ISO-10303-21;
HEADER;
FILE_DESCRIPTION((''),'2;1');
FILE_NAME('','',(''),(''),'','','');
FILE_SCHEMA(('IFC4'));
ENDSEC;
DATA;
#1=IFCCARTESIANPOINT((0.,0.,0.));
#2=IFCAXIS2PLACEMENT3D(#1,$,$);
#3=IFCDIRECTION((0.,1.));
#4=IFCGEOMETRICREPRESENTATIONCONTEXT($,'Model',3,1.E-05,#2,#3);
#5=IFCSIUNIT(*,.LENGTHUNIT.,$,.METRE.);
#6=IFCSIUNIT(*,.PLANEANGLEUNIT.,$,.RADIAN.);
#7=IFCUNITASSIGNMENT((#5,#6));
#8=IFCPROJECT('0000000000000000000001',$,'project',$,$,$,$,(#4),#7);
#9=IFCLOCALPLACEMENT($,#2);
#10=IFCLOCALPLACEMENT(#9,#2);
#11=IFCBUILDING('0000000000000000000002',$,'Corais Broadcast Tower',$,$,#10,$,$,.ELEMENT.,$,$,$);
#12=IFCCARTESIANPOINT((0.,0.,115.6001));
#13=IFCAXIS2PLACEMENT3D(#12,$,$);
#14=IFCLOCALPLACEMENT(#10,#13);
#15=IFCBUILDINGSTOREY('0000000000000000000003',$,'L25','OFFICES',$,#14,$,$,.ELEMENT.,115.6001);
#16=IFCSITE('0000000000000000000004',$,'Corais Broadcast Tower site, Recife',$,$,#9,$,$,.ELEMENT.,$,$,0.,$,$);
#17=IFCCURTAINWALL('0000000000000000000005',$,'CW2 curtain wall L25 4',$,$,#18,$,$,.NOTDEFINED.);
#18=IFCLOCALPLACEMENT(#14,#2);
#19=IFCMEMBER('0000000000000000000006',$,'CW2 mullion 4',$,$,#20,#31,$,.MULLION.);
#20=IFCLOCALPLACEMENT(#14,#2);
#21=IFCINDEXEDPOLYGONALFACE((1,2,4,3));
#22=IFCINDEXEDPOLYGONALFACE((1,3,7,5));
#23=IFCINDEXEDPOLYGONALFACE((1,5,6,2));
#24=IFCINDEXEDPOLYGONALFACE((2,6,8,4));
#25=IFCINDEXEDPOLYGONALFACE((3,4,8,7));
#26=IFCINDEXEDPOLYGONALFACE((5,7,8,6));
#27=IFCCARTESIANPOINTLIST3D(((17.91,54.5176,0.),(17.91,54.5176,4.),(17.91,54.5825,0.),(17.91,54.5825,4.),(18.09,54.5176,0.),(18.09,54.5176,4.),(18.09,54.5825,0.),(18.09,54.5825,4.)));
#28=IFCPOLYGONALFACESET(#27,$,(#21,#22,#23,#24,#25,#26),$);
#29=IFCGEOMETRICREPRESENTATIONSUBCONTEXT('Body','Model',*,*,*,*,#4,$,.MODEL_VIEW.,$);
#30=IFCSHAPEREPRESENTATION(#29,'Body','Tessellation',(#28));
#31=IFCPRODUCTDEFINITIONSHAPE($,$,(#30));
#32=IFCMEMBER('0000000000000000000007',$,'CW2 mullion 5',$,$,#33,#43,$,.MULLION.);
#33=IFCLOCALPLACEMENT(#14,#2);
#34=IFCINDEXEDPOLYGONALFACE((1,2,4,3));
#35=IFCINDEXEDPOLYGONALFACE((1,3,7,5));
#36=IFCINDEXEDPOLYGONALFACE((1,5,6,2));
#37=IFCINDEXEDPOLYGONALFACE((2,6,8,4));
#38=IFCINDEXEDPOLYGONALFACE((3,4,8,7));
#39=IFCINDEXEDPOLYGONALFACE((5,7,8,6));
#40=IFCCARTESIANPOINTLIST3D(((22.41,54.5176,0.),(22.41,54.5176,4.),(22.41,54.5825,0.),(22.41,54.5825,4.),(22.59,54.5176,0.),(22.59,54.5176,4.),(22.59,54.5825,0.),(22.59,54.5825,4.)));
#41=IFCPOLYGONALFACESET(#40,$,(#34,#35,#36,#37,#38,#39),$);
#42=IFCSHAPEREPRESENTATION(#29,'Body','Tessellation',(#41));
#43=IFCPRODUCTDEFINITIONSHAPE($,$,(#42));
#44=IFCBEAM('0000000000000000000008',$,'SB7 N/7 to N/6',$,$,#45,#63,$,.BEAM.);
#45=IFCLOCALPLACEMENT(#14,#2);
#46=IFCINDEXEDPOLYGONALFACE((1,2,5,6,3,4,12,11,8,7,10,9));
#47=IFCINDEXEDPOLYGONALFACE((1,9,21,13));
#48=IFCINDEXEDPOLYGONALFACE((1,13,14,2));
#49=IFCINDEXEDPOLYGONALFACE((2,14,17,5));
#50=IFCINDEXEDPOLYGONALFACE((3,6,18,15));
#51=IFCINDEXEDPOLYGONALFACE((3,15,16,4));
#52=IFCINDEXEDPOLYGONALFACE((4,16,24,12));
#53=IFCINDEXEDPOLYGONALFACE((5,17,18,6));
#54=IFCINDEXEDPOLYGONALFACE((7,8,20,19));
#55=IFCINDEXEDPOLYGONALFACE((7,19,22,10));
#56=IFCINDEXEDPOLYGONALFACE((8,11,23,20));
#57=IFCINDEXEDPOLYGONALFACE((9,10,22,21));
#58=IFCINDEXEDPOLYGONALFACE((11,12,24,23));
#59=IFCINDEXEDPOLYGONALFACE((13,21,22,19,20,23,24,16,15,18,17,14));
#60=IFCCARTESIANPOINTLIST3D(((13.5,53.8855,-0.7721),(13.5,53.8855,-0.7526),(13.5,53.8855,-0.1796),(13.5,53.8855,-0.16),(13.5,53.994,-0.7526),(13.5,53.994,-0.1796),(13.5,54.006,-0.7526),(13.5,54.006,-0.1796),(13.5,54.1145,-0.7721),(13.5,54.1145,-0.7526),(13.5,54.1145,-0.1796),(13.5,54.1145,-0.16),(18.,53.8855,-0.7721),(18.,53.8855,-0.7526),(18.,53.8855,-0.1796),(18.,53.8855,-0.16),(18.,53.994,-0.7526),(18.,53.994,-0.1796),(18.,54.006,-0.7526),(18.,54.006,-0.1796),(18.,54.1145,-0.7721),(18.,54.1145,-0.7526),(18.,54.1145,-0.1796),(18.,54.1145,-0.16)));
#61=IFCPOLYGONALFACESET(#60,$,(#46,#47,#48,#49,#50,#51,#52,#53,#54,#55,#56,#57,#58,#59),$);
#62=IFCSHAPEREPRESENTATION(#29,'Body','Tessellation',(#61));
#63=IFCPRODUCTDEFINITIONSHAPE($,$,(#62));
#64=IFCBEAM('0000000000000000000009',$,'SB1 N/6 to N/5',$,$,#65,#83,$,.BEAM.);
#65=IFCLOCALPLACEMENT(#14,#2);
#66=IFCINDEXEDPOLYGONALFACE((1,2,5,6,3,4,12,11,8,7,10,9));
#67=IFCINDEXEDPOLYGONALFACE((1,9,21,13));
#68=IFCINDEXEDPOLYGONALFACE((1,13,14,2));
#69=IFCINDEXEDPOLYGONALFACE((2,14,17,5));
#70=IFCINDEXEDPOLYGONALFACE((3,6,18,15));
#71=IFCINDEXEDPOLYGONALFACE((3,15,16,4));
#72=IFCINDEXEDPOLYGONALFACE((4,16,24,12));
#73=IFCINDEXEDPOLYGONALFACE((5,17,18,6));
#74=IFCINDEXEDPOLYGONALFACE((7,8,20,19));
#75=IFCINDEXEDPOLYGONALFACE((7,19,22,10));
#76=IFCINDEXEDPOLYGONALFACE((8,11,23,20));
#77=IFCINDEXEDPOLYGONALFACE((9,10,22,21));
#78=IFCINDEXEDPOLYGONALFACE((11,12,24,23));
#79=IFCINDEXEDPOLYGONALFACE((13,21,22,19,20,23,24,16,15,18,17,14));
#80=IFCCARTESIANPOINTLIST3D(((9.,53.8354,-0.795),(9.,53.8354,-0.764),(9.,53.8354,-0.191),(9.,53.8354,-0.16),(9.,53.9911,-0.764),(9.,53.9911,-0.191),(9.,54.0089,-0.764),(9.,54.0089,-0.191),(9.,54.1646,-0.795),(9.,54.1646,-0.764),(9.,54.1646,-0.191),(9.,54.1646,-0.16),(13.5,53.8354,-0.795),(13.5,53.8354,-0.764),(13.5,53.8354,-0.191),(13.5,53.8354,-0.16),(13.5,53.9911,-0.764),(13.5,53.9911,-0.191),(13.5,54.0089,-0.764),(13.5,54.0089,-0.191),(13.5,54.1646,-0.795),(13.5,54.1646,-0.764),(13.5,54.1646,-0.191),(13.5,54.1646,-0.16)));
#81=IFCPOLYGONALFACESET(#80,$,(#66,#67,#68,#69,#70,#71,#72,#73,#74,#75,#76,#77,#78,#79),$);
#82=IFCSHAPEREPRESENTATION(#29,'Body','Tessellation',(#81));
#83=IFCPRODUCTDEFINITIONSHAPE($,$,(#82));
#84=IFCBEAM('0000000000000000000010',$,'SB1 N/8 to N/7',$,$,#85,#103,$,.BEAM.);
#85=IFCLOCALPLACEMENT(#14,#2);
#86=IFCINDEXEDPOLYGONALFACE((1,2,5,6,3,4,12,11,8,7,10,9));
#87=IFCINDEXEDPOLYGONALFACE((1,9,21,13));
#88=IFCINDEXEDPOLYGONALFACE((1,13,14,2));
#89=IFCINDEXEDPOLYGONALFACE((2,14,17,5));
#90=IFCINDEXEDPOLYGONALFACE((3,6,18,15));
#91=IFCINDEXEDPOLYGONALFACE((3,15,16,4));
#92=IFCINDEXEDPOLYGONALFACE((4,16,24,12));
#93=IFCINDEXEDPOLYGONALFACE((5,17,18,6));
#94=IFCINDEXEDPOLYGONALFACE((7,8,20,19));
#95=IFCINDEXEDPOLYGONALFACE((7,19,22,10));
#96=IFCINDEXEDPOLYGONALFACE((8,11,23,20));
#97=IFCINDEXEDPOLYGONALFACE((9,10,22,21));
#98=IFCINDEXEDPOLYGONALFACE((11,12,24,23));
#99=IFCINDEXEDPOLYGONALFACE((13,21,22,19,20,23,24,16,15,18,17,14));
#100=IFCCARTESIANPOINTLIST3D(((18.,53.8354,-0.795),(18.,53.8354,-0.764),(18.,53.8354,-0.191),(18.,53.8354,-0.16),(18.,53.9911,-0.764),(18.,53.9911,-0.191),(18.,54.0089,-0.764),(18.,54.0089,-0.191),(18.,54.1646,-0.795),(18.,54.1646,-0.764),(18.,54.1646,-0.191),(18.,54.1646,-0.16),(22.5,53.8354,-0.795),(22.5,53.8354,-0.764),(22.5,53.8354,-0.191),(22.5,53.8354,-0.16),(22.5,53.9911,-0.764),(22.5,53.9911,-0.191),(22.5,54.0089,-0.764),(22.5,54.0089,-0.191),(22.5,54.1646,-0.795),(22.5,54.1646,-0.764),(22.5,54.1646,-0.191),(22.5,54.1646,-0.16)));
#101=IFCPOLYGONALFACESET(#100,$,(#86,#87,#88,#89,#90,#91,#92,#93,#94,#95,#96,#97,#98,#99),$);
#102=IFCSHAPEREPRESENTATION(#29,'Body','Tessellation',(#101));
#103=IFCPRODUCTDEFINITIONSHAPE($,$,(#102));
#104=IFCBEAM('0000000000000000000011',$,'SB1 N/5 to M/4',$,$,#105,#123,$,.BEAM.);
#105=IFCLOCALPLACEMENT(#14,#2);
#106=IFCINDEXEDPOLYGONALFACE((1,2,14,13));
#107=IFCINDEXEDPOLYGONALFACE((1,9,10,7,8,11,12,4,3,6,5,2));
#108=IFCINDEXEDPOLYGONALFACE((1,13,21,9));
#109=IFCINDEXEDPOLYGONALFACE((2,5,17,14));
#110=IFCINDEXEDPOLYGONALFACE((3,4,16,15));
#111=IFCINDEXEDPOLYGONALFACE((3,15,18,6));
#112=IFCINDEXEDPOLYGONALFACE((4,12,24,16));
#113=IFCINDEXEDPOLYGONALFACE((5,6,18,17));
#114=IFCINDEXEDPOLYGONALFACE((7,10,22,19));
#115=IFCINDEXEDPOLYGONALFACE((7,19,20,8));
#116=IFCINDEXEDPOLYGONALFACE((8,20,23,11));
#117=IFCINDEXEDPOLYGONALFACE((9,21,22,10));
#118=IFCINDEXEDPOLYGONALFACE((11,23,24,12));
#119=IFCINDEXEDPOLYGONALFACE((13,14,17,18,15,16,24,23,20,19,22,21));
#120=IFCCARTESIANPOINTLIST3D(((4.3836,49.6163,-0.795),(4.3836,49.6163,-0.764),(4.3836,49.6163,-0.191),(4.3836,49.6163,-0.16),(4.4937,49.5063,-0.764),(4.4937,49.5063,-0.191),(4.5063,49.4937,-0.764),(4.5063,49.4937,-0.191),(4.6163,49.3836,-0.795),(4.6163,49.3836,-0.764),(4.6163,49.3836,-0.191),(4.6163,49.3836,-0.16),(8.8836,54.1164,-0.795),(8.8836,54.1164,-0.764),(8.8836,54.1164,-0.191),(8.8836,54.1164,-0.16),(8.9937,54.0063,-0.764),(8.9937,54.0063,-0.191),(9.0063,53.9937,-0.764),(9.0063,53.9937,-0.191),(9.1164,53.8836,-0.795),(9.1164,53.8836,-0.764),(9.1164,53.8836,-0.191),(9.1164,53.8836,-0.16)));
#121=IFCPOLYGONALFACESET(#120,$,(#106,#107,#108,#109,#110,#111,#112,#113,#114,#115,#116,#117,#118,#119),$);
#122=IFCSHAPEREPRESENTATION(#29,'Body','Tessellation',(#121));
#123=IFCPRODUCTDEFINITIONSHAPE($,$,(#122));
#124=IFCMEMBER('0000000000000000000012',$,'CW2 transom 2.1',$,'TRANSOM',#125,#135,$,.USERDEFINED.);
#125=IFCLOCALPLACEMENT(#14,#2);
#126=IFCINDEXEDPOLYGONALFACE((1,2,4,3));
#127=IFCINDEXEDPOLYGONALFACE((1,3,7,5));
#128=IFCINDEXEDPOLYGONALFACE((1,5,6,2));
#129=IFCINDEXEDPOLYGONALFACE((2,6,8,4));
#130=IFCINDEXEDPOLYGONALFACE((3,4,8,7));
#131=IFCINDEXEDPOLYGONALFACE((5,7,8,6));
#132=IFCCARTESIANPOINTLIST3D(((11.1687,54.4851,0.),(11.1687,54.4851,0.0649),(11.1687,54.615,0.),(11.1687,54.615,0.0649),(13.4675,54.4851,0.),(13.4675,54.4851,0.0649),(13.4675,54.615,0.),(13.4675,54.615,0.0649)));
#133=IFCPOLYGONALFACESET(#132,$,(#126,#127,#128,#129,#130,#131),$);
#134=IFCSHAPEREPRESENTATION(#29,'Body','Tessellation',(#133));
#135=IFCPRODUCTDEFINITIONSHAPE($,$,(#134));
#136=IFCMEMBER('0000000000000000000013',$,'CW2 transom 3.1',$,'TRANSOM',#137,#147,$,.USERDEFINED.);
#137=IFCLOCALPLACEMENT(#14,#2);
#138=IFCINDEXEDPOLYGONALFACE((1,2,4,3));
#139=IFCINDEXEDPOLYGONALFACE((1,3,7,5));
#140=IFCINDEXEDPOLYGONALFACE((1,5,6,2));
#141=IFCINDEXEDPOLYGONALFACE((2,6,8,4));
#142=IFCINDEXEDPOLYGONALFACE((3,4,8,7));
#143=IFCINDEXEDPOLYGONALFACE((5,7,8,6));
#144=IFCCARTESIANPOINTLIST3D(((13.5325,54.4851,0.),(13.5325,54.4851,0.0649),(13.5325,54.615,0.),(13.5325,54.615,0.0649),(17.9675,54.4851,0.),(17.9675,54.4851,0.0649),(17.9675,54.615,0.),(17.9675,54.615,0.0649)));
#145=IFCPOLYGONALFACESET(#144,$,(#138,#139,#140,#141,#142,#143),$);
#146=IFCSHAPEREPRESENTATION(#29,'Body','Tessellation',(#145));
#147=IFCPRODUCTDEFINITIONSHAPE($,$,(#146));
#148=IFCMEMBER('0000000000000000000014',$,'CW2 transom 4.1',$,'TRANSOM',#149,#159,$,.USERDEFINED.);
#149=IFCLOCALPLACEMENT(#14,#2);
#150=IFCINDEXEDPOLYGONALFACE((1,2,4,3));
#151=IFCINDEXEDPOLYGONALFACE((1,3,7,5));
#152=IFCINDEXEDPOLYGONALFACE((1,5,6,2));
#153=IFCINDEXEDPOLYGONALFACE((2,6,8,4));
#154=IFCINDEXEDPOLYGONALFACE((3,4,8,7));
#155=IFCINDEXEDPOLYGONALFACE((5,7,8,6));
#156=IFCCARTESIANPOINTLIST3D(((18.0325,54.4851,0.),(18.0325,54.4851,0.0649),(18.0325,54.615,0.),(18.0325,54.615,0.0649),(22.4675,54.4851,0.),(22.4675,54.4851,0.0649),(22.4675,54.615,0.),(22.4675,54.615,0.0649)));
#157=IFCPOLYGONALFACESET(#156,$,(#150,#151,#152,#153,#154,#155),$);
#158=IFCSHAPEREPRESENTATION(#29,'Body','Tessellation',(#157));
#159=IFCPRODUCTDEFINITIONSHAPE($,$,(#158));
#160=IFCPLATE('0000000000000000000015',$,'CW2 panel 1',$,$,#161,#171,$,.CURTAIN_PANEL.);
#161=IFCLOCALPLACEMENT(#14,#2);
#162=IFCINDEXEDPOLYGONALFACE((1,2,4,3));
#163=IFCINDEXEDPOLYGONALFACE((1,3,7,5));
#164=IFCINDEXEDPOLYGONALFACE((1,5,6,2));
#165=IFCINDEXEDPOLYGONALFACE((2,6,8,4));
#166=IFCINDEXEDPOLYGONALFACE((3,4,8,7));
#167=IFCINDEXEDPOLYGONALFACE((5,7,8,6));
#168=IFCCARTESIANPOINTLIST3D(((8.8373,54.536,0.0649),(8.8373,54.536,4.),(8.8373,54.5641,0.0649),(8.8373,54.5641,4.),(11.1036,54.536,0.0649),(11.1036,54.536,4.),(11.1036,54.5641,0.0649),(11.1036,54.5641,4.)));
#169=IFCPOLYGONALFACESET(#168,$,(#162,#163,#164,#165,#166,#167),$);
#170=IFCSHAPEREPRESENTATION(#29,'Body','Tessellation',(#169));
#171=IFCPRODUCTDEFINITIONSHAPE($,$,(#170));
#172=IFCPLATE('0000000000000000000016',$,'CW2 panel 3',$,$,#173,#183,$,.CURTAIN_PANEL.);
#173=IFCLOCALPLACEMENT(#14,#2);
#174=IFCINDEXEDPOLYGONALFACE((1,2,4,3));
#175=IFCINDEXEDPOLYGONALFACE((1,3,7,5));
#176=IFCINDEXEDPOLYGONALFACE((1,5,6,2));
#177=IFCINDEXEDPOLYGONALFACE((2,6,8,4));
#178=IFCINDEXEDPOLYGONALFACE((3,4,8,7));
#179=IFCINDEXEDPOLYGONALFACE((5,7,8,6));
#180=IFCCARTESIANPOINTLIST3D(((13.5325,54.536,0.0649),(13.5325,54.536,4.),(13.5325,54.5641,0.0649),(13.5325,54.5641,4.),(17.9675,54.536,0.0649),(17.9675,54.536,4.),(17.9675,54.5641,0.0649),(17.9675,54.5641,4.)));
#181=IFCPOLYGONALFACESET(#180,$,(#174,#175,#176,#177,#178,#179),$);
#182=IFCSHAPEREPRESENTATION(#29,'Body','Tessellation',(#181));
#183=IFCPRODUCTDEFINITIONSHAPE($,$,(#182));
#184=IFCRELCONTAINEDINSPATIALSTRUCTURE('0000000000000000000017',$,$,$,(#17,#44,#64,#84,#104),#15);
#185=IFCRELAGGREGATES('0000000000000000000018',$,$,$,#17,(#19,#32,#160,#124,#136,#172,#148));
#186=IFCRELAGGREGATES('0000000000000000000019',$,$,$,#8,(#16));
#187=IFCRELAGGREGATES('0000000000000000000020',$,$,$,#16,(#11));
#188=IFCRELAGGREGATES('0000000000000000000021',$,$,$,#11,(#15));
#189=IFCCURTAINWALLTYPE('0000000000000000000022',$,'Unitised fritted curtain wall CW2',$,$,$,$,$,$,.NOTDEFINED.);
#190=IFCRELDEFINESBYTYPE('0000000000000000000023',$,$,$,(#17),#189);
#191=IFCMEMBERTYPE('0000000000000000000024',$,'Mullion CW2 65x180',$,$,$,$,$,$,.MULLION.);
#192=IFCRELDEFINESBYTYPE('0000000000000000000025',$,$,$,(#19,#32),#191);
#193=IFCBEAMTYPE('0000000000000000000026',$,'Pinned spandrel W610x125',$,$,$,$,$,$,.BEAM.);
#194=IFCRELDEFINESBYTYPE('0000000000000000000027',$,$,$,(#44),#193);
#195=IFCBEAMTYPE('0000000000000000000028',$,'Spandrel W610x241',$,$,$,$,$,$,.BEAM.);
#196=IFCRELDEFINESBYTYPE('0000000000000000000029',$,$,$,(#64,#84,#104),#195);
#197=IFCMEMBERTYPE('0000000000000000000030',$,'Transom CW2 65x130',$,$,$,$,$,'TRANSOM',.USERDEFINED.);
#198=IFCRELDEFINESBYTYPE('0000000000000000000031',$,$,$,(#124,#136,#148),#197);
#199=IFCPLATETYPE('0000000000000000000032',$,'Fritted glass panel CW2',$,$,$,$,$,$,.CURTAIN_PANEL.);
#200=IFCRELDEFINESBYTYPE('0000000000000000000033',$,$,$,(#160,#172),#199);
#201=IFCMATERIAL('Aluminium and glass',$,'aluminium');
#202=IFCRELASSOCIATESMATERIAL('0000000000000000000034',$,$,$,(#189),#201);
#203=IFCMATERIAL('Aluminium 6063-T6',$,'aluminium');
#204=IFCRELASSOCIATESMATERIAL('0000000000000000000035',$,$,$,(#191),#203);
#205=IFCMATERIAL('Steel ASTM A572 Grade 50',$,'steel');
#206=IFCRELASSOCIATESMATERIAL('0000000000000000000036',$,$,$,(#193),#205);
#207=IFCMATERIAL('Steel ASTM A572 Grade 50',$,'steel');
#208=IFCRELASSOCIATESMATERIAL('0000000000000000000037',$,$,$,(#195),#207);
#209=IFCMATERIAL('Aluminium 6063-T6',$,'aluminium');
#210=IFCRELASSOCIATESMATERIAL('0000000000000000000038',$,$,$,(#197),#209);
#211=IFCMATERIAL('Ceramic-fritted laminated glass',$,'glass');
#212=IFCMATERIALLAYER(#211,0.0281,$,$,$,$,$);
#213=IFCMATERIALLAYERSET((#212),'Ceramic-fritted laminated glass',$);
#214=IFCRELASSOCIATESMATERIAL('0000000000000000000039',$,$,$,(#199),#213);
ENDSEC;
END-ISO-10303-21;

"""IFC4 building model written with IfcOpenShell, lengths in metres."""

from ifc_helpers import new_model, si_unit, direction, frame, origin, origin_2d, place, context, subcontext, project, spatial, rectangle, i_section, extrude, material, layer, layer_set, material_profile, profile_set, type_object, element, aggregate, save


model = new_model("IFC4")

# Units and contexts
model_context = context("Model", 3, precision=1e-05, world=origin(), true_north=direction((0.0, 1.0)))
body_context = subcontext(model_context, "Body", "Model", "MODEL_VIEW")
ifc_project = project(units=[si_unit("LENGTHUNIT", "METRE"), si_unit("PLANEANGLEUNIT", "RADIAN")], contexts=[model_context])

# Site, building, storey
site_placement = place(None, origin())
site = spatial("IfcSite", under=ifc_project, at=site_placement, Name="Corais Broadcast Tower site, Recife", CompositionType="ELEMENT", RefElevation=0.0)
building_placement = place(site_placement, origin())
building = spatial("IfcBuilding", under=site, at=building_placement, Name="Corais Broadcast Tower", CompositionType="ELEMENT")
storey_placement = place(building_placement, frame((0.0, 0.0, 115.6001)))
storey = spatial("IfcBuildingStorey", under=building, at=storey_placement, Name="L25", Description="OFFICES", CompositionType="ELEMENT", Elevation=115.6001)

# Curtain wall, members
ifc_material_1 = material(Name="Aluminium and glass", Category="aluminium")
curtain_wall_type = type_object("IfcCurtainWallType", Name="Unitised fritted curtain wall CW2", PredefinedType="NOTDEFINED", material=ifc_material_1)
curtain_wall_placement = place(storey_placement, origin())
curtain_wall = element("IfcCurtainWall", 1, at=curtain_wall_placement, inside=storey, type_object=curtain_wall_type, Name="CW2 curtain wall L25 4", PredefinedType="NOTDEFINED")
ifc_material_2 = material(Name="Aluminium 6063-T6", Category="aluminium")
ifc_material_profile_1 = material_profile(ifc_material_2, rectangle(XDim=0.0649, YDim=0.1799, at=origin_2d()), Name="Mullion CW2 65x180")
ifc_profile_set_1 = profile_set([ifc_material_profile_1], Name="Aluminium 6063-T6")
member_type_1 = type_object("IfcMemberType", Name="Mullion CW2 65x180", PredefinedType="MULLION", material=ifc_profile_set_1)
member_1_placement = place(storey_placement, frame((18.0, 54.55, 0.0), z_axis=(0.0, 0.0, 1.0), x_axis=(0.0, 1.0, 0.0)))
member_1 = element("IfcMember", 2, at=member_1_placement, type_object=member_type_1, Name="CW2 mullion 4", PredefinedType="MULLION", context=body_context, shape_type="SweptSolid", body=[
    extrude(rectangle(XDim=0.0649, YDim=0.1799, at=origin_2d()), origin(), (0.0, 0.0, 1.0), 4.0),
])
member_2_placement = place(storey_placement, frame((22.5, 54.55, 0.0), z_axis=(0.0, 0.0, 1.0), x_axis=(0.0, 1.0, 0.0)))
member_2 = element("IfcMember", 3, at=member_2_placement, type_object=member_type_1, Name="CW2 mullion 5", PredefinedType="MULLION", context=body_context, shape_type="SweptSolid", body=[
    extrude(rectangle(XDim=0.0649, YDim=0.1799, at=origin_2d()), origin(), (0.0, 0.0, 1.0), 4.0),
])

# Beams
ifc_material_3 = material(Name="Steel ASTM A572 Grade 50", Category="steel")
ifc_material_profile_2 = material_profile(ifc_material_3, i_section(OverallWidth=0.229, OverallDepth=0.6121, WebThickness=0.012, FlangeThickness=0.0195, at=origin_2d()), Name="W610x125")
ifc_profile_set_2 = profile_set([ifc_material_profile_2], Name="Steel ASTM A572 Grade 50")
beam_type_1 = type_object("IfcBeamType", Name="Pinned spandrel W610x125", PredefinedType="BEAM", material=ifc_profile_set_2)
beam_1_placement = place(storey_placement, frame((18.0, 54.0, -0.4661), z_axis=(-1.0, 0.0, 0.0), x_axis=(0.0, -1.0, 0.0)))
element("IfcBeam", 4, at=beam_1_placement, inside=storey, type_object=beam_type_1, Name="SB7 N/7 to N/6", PredefinedType="BEAM", context=body_context, shape_type="SweptSolid", body=[
    extrude(i_section(OverallWidth=0.229, OverallDepth=0.6121, WebThickness=0.012, FlangeThickness=0.0195, at=origin_2d()), origin(), (0.0, 0.0, 1.0), 4.5),
])
ifc_material_4 = material(Name="Steel ASTM A572 Grade 50", Category="steel")
ifc_material_profile_3 = material_profile(ifc_material_4, i_section(OverallWidth=0.3291, OverallDepth=0.635, WebThickness=0.0178, FlangeThickness=0.031, at=origin_2d()), Name="W610x241")
ifc_profile_set_3 = profile_set([ifc_material_profile_3], Name="Steel ASTM A572 Grade 50")
beam_type_2 = type_object("IfcBeamType", Name="Spandrel W610x241", PredefinedType="BEAM", material=ifc_profile_set_3)
for number, where, z_axis, x_axis, name in (
    (5, (13.5, 54.0, -0.4775), (-1.0, 0.0, 0.0), (0.0, -1.0, 0.0), "SB1 N/6 to N/5"),
    (6, (22.5, 54.0, -0.4775), (-1.0, 0.0, 0.0), (0.0, -1.0, 0.0), "SB1 N/8 to N/7"),
):
    element("IfcBeam", number, at=place(storey_placement, frame(where, z_axis=z_axis, x_axis=x_axis)), inside=storey, type_object=beam_type_2, Name=name, PredefinedType="BEAM", context=body_context, shape_type="SweptSolid", body=[
        extrude(i_section(OverallWidth=0.3291, OverallDepth=0.635, WebThickness=0.0178, FlangeThickness=0.031, at=origin_2d()), origin(), (0.0, 0.0, 1.0), 4.5),
    ])
beam_2_placement = place(storey_placement, frame((9.0, 54.0, -0.4775), z_axis=(-0.707107, -0.707107, 0.0), x_axis=(0.707107, -0.707107, 0.0)))
element("IfcBeam", 7, at=beam_2_placement, inside=storey, type_object=beam_type_2, Name="SB1 N/5 to M/4", PredefinedType="BEAM", context=body_context, shape_type="SweptSolid", body=[
    extrude(i_section(OverallWidth=0.3291, OverallDepth=0.635, WebThickness=0.0178, FlangeThickness=0.031, at=origin_2d()), origin(), (0.0, 0.0, 1.0), 6.364),
])

# Members
ifc_material_5 = material(Name="Aluminium 6063-T6", Category="aluminium")
ifc_material_profile_4 = material_profile(ifc_material_5, rectangle(XDim=0.1299, YDim=0.0649, at=origin_2d()), Name="Transom CW2 65x130")
ifc_profile_set_4 = profile_set([ifc_material_profile_4], Name="Aluminium 6063-T6")
member_type_2 = type_object("IfcMemberType", Name="Transom CW2 65x130", ElementType="TRANSOM", PredefinedType="USERDEFINED", material=ifc_profile_set_4)
member_3_placement = place(storey_placement, frame((11.1687, 54.55, 0.0325), z_axis=(1.0, 0.0, 0.0), x_axis=(0.0, 1.0, 0.0)))
member_3 = element("IfcMember", 8, at=member_3_placement, type_object=member_type_2, Name="CW2 transom 2.1", ObjectType="TRANSOM", PredefinedType="USERDEFINED", context=body_context, shape_type="SweptSolid", body=[
    extrude(rectangle(XDim=0.1299, YDim=0.0649, at=origin_2d()), origin(), (0.0, 0.0, 1.0), 2.2988),
])
member_4_placement = place(storey_placement, frame((13.5325, 54.55, 0.0325), z_axis=(1.0, 0.0, 0.0), x_axis=(0.0, 1.0, 0.0)))
member_4 = element("IfcMember", 9, at=member_4_placement, type_object=member_type_2, Name="CW2 transom 3.1", ObjectType="TRANSOM", PredefinedType="USERDEFINED", context=body_context, shape_type="SweptSolid", body=[
    extrude(rectangle(XDim=0.1299, YDim=0.0649, at=origin_2d()), origin(), (0.0, 0.0, 1.0), 4.4351),
])
member_5_placement = place(storey_placement, frame((18.0325, 54.55, 0.0325), z_axis=(1.0, 0.0, 0.0), x_axis=(0.0, 1.0, 0.0)))
member_5 = element("IfcMember", 10, at=member_5_placement, type_object=member_type_2, Name="CW2 transom 4.1", ObjectType="TRANSOM", PredefinedType="USERDEFINED", context=body_context, shape_type="SweptSolid", body=[
    extrude(rectangle(XDim=0.1299, YDim=0.0649, at=origin_2d()), origin(), (0.0, 0.0, 1.0), 4.4351),
])

# Plates
ifc_material_6 = material(Name="Ceramic-fritted laminated glass", Category="glass")
ifc_layer_1 = layer(ifc_material_6, 0.0281)
ifc_layer_set_1 = layer_set([ifc_layer_1], Name="Ceramic-fritted laminated glass")
plate_type_1 = type_object("IfcPlateType", Name="Fritted glass panel CW2", PredefinedType="CURTAIN_PANEL", material=ifc_layer_set_1)
plate_1_placement = place(storey_placement, frame((9.9705, 54.55, 0.0649), z_axis=(0.0, 0.0, 1.0), x_axis=(1.0, 0.0, 0.0)))
plate_1 = element("IfcPlate", 11, at=plate_1_placement, type_object=plate_type_1, Name="CW2 panel 1", PredefinedType="CURTAIN_PANEL", context=body_context, shape_type="SweptSolid", body=[
    extrude(rectangle(XDim=2.2664, YDim=0.0281, at=origin_2d()), origin(), (0.0, 0.0, 1.0), 3.9351),
])
plate_2_placement = place(storey_placement, frame((15.75, 54.55, 0.0649), z_axis=(0.0, 0.0, 1.0), x_axis=(1.0, 0.0, 0.0)))
plate_2 = element("IfcPlate", 12, at=plate_2_placement, type_object=plate_type_1, Name="CW2 panel 3", PredefinedType="CURTAIN_PANEL", context=body_context, shape_type="SweptSolid", body=[
    extrude(rectangle(XDim=4.4351, YDim=0.0281, at=origin_2d()), origin(), (0.0, 0.0, 1.0), 3.9351),
])
aggregate(curtain_wall, [member_1, member_2, plate_1, member_3, member_4, plate_2, member_5])

save(model, "model.ifc")
